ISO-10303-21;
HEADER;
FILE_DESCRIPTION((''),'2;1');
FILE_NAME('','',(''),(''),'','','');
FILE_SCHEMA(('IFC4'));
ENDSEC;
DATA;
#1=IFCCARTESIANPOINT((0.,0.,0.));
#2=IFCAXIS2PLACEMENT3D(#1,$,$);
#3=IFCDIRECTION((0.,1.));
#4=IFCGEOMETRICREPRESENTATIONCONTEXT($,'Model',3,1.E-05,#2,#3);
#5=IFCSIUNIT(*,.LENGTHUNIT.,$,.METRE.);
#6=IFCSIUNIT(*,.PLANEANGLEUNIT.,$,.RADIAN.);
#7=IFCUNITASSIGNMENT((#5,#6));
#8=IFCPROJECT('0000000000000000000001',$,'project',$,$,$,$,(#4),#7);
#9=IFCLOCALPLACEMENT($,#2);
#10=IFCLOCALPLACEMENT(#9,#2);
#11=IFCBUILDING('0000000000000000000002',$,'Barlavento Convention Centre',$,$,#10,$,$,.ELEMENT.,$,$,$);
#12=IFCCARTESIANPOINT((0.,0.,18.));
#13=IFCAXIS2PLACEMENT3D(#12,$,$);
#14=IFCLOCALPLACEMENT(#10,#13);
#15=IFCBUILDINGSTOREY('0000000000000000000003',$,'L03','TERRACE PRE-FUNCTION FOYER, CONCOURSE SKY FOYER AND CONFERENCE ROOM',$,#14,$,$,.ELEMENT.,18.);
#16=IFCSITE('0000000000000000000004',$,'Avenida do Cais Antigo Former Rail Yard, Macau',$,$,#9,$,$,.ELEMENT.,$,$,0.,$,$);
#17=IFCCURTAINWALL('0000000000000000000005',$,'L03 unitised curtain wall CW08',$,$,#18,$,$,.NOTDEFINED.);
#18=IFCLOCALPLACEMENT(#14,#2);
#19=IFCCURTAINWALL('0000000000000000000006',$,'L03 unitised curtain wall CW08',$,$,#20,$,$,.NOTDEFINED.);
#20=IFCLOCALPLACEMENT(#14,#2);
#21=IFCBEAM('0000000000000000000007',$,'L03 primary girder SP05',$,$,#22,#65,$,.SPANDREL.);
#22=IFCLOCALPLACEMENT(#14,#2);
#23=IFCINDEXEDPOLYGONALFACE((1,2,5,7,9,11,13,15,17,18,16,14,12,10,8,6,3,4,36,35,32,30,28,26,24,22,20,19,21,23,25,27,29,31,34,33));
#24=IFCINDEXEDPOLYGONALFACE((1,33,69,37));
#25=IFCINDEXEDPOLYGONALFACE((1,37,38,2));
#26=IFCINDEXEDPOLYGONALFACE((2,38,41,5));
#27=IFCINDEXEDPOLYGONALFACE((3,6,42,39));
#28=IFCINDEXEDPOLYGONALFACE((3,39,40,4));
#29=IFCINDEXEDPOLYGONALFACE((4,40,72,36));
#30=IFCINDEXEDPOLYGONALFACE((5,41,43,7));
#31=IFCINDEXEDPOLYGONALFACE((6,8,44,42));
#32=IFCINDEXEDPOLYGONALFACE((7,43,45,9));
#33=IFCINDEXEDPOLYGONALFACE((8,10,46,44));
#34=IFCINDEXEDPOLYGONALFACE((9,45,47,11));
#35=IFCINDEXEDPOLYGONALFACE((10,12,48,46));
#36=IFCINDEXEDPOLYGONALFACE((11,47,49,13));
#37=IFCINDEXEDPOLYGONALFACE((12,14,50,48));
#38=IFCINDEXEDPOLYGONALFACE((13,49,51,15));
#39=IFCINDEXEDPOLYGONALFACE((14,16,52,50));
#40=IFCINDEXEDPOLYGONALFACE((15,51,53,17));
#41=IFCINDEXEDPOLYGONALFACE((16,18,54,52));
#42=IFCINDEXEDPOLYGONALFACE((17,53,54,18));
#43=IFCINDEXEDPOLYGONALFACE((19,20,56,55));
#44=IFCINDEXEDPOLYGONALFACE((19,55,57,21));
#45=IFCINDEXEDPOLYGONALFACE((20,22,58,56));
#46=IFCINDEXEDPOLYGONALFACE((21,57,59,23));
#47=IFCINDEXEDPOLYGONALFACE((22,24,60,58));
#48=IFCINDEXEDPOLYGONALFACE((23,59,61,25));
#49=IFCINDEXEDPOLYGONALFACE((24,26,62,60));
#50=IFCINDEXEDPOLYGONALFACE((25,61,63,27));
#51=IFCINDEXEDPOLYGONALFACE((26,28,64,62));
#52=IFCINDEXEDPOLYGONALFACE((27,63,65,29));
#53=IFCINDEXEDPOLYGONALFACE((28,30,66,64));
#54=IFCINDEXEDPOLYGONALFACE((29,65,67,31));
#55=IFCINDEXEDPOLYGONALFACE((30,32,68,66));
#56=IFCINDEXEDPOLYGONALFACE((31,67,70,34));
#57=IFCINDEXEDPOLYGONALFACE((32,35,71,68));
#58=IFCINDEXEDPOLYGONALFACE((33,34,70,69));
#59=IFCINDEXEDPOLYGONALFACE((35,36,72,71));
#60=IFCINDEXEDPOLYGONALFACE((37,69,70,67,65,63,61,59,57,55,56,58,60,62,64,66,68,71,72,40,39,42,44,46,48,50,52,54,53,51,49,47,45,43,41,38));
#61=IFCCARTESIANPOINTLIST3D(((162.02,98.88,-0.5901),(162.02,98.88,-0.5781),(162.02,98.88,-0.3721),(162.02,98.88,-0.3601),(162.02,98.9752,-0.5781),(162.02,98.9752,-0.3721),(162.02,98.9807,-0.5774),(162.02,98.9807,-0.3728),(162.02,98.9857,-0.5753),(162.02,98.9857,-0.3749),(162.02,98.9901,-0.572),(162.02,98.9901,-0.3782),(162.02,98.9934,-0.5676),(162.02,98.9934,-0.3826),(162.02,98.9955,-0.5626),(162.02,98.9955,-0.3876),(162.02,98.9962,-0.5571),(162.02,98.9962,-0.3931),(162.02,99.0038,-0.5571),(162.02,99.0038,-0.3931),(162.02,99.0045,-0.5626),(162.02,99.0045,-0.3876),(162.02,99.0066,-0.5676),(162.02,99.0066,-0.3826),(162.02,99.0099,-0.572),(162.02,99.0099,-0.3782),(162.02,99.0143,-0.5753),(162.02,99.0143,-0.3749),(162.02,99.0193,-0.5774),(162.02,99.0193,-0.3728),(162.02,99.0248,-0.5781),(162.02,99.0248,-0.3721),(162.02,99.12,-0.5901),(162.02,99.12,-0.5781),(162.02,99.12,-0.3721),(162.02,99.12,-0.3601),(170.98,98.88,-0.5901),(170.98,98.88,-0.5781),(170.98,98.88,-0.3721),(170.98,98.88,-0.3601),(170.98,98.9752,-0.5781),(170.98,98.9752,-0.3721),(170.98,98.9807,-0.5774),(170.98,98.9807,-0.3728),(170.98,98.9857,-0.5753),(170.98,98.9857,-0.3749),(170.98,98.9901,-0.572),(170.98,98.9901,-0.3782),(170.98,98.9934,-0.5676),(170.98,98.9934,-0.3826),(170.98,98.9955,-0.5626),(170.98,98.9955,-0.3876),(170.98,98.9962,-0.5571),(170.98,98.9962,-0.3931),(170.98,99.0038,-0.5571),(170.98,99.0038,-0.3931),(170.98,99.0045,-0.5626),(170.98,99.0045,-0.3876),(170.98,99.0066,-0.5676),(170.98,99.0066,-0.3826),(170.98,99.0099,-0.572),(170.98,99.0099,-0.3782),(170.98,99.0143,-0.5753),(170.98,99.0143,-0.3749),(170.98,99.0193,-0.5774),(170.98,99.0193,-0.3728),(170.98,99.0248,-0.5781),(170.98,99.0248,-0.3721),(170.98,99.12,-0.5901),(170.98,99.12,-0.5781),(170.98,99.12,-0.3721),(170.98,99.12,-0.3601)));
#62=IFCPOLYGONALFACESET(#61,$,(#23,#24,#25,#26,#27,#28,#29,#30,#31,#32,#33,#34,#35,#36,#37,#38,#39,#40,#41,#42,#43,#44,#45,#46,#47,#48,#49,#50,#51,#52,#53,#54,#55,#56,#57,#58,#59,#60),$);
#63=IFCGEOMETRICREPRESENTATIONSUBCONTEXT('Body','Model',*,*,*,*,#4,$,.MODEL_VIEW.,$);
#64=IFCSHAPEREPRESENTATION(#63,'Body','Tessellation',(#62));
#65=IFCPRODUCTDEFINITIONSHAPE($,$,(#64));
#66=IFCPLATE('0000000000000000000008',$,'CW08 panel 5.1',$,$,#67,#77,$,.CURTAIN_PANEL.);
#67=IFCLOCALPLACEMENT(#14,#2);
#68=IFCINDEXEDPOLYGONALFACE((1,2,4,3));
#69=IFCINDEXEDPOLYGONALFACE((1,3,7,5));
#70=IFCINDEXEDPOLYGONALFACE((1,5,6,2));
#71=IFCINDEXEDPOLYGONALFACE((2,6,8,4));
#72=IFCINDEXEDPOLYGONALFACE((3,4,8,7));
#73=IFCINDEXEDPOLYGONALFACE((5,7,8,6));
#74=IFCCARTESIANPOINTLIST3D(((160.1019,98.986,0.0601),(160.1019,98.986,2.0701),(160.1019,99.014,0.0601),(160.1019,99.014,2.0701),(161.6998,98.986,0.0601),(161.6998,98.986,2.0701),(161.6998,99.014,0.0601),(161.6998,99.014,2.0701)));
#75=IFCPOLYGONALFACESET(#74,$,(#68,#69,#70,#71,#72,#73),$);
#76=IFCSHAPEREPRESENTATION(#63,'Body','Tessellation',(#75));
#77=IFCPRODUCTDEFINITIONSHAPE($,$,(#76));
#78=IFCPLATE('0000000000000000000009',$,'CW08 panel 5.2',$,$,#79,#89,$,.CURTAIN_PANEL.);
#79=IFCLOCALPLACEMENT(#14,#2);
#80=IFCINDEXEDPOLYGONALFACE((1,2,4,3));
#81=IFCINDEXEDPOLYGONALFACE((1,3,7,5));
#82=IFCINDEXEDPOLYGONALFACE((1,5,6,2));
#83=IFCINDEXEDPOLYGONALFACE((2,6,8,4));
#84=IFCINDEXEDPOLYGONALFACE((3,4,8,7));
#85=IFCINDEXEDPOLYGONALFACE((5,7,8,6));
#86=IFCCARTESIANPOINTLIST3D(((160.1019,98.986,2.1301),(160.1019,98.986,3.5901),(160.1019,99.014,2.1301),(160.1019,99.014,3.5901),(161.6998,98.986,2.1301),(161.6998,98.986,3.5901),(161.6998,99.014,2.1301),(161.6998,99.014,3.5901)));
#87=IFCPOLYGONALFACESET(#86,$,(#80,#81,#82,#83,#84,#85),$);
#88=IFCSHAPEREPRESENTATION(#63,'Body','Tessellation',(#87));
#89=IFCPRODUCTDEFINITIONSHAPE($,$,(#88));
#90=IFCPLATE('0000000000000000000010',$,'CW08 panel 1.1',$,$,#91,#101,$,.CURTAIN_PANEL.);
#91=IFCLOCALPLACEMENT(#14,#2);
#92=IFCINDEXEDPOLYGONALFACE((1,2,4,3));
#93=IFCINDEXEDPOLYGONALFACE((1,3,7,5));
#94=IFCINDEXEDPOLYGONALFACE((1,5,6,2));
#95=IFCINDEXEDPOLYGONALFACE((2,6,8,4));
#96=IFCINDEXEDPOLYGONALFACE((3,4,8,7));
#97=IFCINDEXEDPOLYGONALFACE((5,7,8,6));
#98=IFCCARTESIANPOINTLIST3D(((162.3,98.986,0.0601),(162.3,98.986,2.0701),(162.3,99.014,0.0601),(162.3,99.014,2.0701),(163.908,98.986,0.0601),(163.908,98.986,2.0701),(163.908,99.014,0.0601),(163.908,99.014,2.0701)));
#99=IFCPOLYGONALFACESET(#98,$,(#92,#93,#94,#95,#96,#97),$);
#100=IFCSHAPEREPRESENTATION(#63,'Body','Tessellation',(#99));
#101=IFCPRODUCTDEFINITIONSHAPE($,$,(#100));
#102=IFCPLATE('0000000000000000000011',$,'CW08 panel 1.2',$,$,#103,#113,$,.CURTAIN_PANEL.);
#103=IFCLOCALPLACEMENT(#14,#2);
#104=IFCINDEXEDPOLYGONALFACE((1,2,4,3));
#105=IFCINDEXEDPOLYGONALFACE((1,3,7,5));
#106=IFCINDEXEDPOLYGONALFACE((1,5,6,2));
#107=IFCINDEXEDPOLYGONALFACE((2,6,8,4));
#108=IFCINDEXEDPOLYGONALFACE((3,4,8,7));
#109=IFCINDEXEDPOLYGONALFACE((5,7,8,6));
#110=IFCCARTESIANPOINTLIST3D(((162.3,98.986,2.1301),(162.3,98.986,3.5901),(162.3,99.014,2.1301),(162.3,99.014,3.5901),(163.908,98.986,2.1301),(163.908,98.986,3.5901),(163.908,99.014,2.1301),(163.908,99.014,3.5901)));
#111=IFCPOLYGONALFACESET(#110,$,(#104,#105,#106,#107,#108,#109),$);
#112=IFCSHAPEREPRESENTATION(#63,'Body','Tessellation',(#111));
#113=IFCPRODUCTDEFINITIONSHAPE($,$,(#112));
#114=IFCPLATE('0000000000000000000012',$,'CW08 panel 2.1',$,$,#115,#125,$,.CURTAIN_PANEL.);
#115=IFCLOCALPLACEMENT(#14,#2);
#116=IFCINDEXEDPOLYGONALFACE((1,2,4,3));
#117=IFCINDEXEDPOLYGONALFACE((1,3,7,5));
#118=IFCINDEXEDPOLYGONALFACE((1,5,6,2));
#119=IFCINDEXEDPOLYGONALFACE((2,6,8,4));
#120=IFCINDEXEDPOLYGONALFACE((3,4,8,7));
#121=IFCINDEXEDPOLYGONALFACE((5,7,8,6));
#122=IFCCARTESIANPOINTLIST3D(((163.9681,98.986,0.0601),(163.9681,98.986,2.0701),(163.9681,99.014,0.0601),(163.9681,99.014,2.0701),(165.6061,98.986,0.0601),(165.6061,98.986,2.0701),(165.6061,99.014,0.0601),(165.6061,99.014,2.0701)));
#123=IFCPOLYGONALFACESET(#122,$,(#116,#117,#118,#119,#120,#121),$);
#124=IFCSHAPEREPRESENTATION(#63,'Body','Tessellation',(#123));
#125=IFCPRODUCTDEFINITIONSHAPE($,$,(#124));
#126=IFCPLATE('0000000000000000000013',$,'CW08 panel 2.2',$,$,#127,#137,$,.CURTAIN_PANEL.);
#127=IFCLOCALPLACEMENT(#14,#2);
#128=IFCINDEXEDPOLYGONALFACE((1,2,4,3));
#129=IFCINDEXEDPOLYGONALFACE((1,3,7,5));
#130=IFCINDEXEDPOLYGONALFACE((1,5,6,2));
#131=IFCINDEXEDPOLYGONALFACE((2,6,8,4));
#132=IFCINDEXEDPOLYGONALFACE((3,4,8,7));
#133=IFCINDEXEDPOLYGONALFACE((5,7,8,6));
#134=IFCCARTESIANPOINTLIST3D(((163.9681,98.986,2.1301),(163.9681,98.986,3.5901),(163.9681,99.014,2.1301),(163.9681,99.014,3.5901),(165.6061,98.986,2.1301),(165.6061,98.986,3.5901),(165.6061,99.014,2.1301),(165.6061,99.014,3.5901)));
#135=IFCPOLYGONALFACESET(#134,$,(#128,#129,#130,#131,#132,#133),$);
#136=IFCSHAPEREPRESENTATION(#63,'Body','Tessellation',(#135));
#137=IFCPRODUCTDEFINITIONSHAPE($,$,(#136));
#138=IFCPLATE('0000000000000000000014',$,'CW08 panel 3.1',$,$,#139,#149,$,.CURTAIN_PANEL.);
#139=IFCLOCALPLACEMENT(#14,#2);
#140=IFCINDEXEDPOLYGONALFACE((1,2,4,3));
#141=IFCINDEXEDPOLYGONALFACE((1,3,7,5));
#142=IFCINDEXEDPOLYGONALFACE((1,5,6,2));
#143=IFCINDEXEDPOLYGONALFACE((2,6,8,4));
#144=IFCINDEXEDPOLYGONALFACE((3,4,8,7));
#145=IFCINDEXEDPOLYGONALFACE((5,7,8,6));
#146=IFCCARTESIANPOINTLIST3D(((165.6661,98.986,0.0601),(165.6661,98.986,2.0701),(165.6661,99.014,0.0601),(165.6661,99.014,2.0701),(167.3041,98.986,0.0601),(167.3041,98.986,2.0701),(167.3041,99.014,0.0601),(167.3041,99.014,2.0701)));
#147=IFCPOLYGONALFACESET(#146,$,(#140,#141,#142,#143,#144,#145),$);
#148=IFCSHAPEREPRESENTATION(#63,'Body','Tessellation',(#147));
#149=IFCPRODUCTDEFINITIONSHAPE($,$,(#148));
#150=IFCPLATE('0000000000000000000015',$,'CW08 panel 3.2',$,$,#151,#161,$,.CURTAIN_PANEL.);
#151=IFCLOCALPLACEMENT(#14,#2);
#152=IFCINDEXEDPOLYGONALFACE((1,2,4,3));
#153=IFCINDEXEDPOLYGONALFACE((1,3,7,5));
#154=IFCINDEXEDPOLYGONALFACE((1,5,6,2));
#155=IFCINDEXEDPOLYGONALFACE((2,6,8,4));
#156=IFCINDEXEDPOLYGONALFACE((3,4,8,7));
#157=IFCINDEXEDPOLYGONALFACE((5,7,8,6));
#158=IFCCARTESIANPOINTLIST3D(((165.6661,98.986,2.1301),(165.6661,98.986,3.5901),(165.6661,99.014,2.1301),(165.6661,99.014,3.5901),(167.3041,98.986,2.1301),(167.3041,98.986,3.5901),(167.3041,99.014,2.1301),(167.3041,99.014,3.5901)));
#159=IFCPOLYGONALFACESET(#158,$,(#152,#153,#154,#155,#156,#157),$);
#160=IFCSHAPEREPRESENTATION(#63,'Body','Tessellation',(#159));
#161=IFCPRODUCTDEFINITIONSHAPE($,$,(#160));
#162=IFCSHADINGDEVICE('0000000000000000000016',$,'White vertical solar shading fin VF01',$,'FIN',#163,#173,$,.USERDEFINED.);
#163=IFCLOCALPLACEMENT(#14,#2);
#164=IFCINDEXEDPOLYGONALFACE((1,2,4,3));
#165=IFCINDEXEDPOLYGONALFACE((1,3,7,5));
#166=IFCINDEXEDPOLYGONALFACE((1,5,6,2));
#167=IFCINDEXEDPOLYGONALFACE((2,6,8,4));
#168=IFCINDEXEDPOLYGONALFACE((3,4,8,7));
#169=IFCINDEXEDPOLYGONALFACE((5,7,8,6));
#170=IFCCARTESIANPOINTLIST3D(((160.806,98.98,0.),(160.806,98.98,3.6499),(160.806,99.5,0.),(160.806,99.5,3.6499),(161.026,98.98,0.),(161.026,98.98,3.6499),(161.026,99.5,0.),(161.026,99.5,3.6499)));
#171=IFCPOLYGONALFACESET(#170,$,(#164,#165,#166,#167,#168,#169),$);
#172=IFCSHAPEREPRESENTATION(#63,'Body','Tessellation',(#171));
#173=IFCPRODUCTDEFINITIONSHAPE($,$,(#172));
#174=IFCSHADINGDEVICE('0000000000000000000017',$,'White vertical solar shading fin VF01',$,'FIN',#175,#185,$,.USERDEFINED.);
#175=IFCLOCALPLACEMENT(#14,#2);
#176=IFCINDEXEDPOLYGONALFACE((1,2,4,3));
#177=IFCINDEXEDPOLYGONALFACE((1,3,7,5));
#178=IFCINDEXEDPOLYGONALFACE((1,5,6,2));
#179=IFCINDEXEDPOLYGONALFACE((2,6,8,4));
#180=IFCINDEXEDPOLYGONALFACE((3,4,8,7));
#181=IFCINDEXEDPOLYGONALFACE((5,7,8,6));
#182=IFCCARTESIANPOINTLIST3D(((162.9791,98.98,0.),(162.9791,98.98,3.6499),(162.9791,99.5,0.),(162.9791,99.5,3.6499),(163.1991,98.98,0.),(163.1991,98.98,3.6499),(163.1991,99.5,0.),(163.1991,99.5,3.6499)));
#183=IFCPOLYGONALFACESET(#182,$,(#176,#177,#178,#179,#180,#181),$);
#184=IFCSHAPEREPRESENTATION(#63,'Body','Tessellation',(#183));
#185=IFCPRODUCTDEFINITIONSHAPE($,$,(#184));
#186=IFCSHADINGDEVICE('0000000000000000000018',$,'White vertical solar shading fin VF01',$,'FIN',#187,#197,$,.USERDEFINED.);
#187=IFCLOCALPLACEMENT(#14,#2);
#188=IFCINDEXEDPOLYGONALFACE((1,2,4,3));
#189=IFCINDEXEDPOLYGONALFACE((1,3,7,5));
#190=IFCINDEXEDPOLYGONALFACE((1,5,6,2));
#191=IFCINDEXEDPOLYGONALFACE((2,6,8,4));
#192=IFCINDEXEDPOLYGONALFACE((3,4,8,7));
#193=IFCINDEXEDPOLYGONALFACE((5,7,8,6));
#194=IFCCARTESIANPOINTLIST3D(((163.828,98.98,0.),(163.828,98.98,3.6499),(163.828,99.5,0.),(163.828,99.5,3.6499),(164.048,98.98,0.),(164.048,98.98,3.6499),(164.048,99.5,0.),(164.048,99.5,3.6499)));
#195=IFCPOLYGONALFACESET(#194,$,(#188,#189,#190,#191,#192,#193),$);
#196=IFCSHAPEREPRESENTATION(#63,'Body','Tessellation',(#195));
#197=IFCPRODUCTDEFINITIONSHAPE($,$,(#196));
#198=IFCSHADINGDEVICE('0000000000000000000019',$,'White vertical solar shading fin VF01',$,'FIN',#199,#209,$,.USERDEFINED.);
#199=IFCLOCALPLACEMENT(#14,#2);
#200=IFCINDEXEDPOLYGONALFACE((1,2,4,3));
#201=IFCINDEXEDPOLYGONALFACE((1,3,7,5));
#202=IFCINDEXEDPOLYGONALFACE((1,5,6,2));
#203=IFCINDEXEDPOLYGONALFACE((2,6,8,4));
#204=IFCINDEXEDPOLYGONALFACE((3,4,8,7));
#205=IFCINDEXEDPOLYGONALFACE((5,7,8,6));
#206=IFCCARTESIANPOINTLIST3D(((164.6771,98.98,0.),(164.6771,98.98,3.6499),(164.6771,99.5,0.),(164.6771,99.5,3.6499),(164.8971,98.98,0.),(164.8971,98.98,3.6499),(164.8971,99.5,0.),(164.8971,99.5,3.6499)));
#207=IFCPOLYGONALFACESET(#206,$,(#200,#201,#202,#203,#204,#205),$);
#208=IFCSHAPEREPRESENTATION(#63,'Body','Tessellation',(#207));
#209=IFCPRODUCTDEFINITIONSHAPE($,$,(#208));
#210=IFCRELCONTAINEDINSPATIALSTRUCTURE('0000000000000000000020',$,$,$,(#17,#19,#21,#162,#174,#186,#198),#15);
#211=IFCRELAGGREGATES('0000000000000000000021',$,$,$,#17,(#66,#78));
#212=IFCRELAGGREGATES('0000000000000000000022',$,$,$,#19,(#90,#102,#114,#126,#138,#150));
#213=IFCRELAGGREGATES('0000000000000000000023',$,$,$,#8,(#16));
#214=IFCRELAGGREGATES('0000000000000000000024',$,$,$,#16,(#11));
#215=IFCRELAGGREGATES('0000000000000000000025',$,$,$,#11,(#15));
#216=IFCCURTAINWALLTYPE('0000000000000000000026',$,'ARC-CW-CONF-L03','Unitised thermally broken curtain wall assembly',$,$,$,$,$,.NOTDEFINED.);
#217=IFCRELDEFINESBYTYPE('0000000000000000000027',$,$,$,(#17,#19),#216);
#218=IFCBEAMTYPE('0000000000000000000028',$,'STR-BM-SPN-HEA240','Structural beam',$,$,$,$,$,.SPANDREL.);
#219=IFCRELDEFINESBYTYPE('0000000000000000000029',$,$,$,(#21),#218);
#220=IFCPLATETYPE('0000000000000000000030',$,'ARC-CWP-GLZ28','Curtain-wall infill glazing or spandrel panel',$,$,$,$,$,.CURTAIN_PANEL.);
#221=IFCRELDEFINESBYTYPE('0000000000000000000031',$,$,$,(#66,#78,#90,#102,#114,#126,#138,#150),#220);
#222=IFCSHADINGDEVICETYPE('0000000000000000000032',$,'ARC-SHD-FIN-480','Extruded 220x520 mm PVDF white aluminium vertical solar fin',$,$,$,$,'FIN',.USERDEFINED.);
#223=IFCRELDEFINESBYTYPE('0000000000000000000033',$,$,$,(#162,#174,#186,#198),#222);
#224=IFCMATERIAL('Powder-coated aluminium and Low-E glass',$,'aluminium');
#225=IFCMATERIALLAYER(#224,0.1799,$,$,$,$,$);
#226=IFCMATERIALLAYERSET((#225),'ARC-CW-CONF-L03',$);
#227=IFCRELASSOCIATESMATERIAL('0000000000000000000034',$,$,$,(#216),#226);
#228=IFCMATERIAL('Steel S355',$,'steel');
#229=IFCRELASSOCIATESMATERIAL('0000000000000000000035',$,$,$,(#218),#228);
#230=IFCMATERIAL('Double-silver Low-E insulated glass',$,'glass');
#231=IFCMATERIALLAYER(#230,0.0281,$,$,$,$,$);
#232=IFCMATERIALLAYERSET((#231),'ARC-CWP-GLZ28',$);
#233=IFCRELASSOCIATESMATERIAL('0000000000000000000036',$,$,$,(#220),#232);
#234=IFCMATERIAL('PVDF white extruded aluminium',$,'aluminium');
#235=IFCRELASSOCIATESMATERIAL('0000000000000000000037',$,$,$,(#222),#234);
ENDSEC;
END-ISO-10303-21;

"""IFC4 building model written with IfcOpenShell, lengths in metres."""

from ifc_helpers import new_model, si_unit, direction, frame, origin, origin_2d, place, context, subcontext, project, spatial, rectangle, i_section, extrude, material, layer, layer_set, material_profile, profile_set, type_object, element, aggregate, save


model = new_model("IFC4")

# Units and contexts
model_context = context("Model", 3, precision=1e-05, world=origin(), true_north=direction((0.0, 1.0)))
body_context = subcontext(model_context, "Body", "Model", "MODEL_VIEW")
ifc_project = project(units=[si_unit("LENGTHUNIT", "METRE"), si_unit("PLANEANGLEUNIT", "RADIAN")], contexts=[model_context])

# Site, building, storey
site_placement = place(None, origin())
site = spatial("IfcSite", under=ifc_project, at=site_placement, Name="Avenida do Cais Antigo Former Rail Yard, Macau", CompositionType="ELEMENT", RefElevation=0.0)
building_placement = place(site_placement, origin())
building = spatial("IfcBuilding", under=site, at=building_placement, Name="Barlavento Convention Centre", CompositionType="ELEMENT")
storey_placement = place(building_placement, frame((0.0, 0.0, 18.0)))
storey = spatial("IfcBuildingStorey", under=building, at=storey_placement, Name="L03", Description="TERRACE PRE-FUNCTION FOYER, CONCOURSE SKY FOYER AND CONFERENCE ROOM", CompositionType="ELEMENT", Elevation=18.0)

# Shared definitions
ifc_material_1 = material(Name="Steel S355", Category="steel")

# Curtain wall
ifc_material_2 = material(Name="Powder-coated aluminium and Low-E glass", Category="aluminium")
ifc_layer_1 = layer(ifc_material_2, 0.1799)
ifc_layer_set_1 = layer_set([ifc_layer_1], Name="ARC-CW-CONF-L03")
curtain_wall_type = type_object("IfcCurtainWallType", Name="ARC-CW-CONF-L03", Description="Unitised thermally broken curtain wall assembly", PredefinedType="NOTDEFINED", material=ifc_layer_set_1)
curtain_wall_1_placement = place(storey_placement, origin())
curtain_wall_1 = element("IfcCurtainWall", 1, at=curtain_wall_1_placement, inside=storey, type_object=curtain_wall_type, Name="L03 unitised curtain wall CW08", PredefinedType="NOTDEFINED")

# Curtain wall
curtain_wall_2_placement = place(storey_placement, origin())
curtain_wall_2 = element("IfcCurtainWall", 2, at=curtain_wall_2_placement, inside=storey, type_object=curtain_wall_type, Name="L03 unitised curtain wall CW08", PredefinedType="NOTDEFINED")

# Beam
ifc_material_profile_1 = material_profile(ifc_material_1, i_section(OverallWidth=0.24, OverallDepth=0.23, WebThickness=0.0076, FlangeThickness=0.012, FilletRadius=0.021, at=origin_2d()), Name="HEA 240")
ifc_profile_set_1 = profile_set([ifc_material_profile_1], Name="Steel S355")
beam_type_1 = type_object("IfcBeamType", Name="STR-BM-SPN-HEA240", Description="Structural beam", PredefinedType="SPANDREL", material=ifc_profile_set_1)
beam_1_placement = place(storey_placement, frame((162.02, 99.0, -0.4751), z_axis=(1.0, 0.0, 0.0), x_axis=(0.0, 1.0, 0.0)))
element("IfcBeam", 3, at=beam_1_placement, inside=storey, type_object=beam_type_1, Name="L03 primary girder SP05", PredefinedType="SPANDREL", context=body_context, shape_type="SweptSolid", body=[
    extrude(i_section(OverallWidth=0.24, OverallDepth=0.23, WebThickness=0.0076, FlangeThickness=0.012, FilletRadius=0.021, at=origin_2d()), origin(), (0.0, 0.0, 1.0), 8.96),
])

# Plates
ifc_material_3 = material(Name="Double-silver Low-E insulated glass", Category="glass")
ifc_layer_2 = layer(ifc_material_3, 0.0281)
ifc_layer_set_2 = layer_set([ifc_layer_2], Name="ARC-CWP-GLZ28")
plate_type = type_object("IfcPlateType", Name="ARC-CWP-GLZ28", Description="Curtain-wall infill glazing or spandrel panel", PredefinedType="CURTAIN_PANEL", material=ifc_layer_set_2)
plate_1_placement = place(storey_placement, frame((160.9009, 99.0, 0.0601), z_axis=(0.0, 0.0, 1.0), x_axis=(1.0, 0.0, 0.0)))
plate_1 = element("IfcPlate", 4, at=plate_1_placement, type_object=plate_type, Name="CW08 panel 5.1", PredefinedType="CURTAIN_PANEL", context=body_context, shape_type="SweptSolid", body=[
    extrude(rectangle(XDim=1.5979, YDim=0.0281, at=origin_2d()), origin(), (0.0, 0.0, 1.0), 2.01),
])
plate_2_placement = place(storey_placement, frame((160.9009, 99.0, 2.1301), z_axis=(0.0, 0.0, 1.0), x_axis=(1.0, 0.0, 0.0)))
plate_2 = element("IfcPlate", 5, at=plate_2_placement, type_object=plate_type, Name="CW08 panel 5.2", PredefinedType="CURTAIN_PANEL", context=body_context, shape_type="SweptSolid", body=[
    extrude(rectangle(XDim=1.5979, YDim=0.0281, at=origin_2d()), origin(), (0.0, 0.0, 1.0), 1.46),
])
aggregate(curtain_wall_1, [plate_1, plate_2])
plate_3_placement = place(storey_placement, frame((163.104, 99.0, 0.0601), z_axis=(0.0, 0.0, 1.0), x_axis=(1.0, 0.0, 0.0)))
plate_3 = element("IfcPlate", 6, at=plate_3_placement, type_object=plate_type, Name="CW08 panel 1.1", PredefinedType="CURTAIN_PANEL", context=body_context, shape_type="SweptSolid", body=[
    extrude(rectangle(XDim=1.6079, YDim=0.0281, at=origin_2d()), origin(), (0.0, 0.0, 1.0), 2.01),
])
plate_4_placement = place(storey_placement, frame((163.104, 99.0, 2.1301), z_axis=(0.0, 0.0, 1.0), x_axis=(1.0, 0.0, 0.0)))
plate_4 = element("IfcPlate", 7, at=plate_4_placement, type_object=plate_type, Name="CW08 panel 1.2", PredefinedType="CURTAIN_PANEL", context=body_context, shape_type="SweptSolid", body=[
    extrude(rectangle(XDim=1.6079, YDim=0.0281, at=origin_2d()), origin(), (0.0, 0.0, 1.0), 1.46),
])
plate_5_placement = place(storey_placement, frame((164.7871, 99.0, 0.0601), z_axis=(0.0, 0.0, 1.0), x_axis=(1.0, 0.0, 0.0)))
plate_5 = element("IfcPlate", 8, at=plate_5_placement, type_object=plate_type, Name="CW08 panel 2.1", PredefinedType="CURTAIN_PANEL", context=body_context, shape_type="SweptSolid", body=[
    extrude(rectangle(XDim=1.6379, YDim=0.0281, at=origin_2d()), origin(), (0.0, 0.0, 1.0), 2.01),
])
plate_6_placement = place(storey_placement, frame((164.7871, 99.0, 2.1301), z_axis=(0.0, 0.0, 1.0), x_axis=(1.0, 0.0, 0.0)))
plate_6 = element("IfcPlate", 9, at=plate_6_placement, type_object=plate_type, Name="CW08 panel 2.2", PredefinedType="CURTAIN_PANEL", context=body_context, shape_type="SweptSolid", body=[
    extrude(rectangle(XDim=1.6379, YDim=0.0281, at=origin_2d()), origin(), (0.0, 0.0, 1.0), 1.46),
])
plate_7_placement = place(storey_placement, frame((166.4851, 99.0, 0.0601), z_axis=(0.0, 0.0, 1.0), x_axis=(1.0, 0.0, 0.0)))
plate_7 = element("IfcPlate", 10, at=plate_7_placement, type_object=plate_type, Name="CW08 panel 3.1", PredefinedType="CURTAIN_PANEL", context=body_context, shape_type="SweptSolid", body=[
    extrude(rectangle(XDim=1.6379, YDim=0.0281, at=origin_2d()), origin(), (0.0, 0.0, 1.0), 2.01),
])
plate_8_placement = place(storey_placement, frame((166.4851, 99.0, 2.1301), z_axis=(0.0, 0.0, 1.0), x_axis=(1.0, 0.0, 0.0)))
plate_8 = element("IfcPlate", 11, at=plate_8_placement, type_object=plate_type, Name="CW08 panel 3.2", PredefinedType="CURTAIN_PANEL", context=body_context, shape_type="SweptSolid", body=[
    extrude(rectangle(XDim=1.6379, YDim=0.0281, at=origin_2d()), origin(), (0.0, 0.0, 1.0), 1.46),
])
aggregate(curtain_wall_2, [plate_3, plate_4, plate_5, plate_6, plate_7, plate_8])

# Shading devices
ifc_material_4 = material(Name="PVDF white extruded aluminium", Category="aluminium")
shading_device_type = type_object("IfcShadingDeviceType", Name="ARC-SHD-FIN-480", Description="Extruded 220x520 mm PVDF white aluminium vertical solar fin", ElementType="FIN", PredefinedType="USERDEFINED", material=ifc_material_4)
for number, where, z_axis, x_axis, name in (
    (12, (160.916, 99.24, 0.0), (0.0, 0.0, 1.0), (1.0, 0.0, 0.0), "White vertical solar shading fin VF01"),
    (13, (163.0891, 99.24, 0.0), (0.0, 0.0, 1.0), (1.0, 0.0, 0.0), "White vertical solar shading fin VF01"),
    (14, (163.938, 99.24, 0.0), (0.0, 0.0, 1.0), (1.0, 0.0, 0.0), "White vertical solar shading fin VF01"),
    (15, (164.7871, 99.24, 0.0), (0.0, 0.0, 1.0), (1.0, 0.0, 0.0), "White vertical solar shading fin VF01"),
):
    element("IfcShadingDevice", number, at=place(storey_placement, frame(where, z_axis=z_axis, x_axis=x_axis)), inside=storey, type_object=shading_device_type, Name=name, ObjectType="FIN", PredefinedType="USERDEFINED", context=body_context, shape_type="SweptSolid", body=[
        extrude(rectangle(XDim=0.22, YDim=0.52, at=origin_2d()), origin(), (0.0, 0.0, 1.0), 3.6499),
    ])

save(model, "model.ifc")
